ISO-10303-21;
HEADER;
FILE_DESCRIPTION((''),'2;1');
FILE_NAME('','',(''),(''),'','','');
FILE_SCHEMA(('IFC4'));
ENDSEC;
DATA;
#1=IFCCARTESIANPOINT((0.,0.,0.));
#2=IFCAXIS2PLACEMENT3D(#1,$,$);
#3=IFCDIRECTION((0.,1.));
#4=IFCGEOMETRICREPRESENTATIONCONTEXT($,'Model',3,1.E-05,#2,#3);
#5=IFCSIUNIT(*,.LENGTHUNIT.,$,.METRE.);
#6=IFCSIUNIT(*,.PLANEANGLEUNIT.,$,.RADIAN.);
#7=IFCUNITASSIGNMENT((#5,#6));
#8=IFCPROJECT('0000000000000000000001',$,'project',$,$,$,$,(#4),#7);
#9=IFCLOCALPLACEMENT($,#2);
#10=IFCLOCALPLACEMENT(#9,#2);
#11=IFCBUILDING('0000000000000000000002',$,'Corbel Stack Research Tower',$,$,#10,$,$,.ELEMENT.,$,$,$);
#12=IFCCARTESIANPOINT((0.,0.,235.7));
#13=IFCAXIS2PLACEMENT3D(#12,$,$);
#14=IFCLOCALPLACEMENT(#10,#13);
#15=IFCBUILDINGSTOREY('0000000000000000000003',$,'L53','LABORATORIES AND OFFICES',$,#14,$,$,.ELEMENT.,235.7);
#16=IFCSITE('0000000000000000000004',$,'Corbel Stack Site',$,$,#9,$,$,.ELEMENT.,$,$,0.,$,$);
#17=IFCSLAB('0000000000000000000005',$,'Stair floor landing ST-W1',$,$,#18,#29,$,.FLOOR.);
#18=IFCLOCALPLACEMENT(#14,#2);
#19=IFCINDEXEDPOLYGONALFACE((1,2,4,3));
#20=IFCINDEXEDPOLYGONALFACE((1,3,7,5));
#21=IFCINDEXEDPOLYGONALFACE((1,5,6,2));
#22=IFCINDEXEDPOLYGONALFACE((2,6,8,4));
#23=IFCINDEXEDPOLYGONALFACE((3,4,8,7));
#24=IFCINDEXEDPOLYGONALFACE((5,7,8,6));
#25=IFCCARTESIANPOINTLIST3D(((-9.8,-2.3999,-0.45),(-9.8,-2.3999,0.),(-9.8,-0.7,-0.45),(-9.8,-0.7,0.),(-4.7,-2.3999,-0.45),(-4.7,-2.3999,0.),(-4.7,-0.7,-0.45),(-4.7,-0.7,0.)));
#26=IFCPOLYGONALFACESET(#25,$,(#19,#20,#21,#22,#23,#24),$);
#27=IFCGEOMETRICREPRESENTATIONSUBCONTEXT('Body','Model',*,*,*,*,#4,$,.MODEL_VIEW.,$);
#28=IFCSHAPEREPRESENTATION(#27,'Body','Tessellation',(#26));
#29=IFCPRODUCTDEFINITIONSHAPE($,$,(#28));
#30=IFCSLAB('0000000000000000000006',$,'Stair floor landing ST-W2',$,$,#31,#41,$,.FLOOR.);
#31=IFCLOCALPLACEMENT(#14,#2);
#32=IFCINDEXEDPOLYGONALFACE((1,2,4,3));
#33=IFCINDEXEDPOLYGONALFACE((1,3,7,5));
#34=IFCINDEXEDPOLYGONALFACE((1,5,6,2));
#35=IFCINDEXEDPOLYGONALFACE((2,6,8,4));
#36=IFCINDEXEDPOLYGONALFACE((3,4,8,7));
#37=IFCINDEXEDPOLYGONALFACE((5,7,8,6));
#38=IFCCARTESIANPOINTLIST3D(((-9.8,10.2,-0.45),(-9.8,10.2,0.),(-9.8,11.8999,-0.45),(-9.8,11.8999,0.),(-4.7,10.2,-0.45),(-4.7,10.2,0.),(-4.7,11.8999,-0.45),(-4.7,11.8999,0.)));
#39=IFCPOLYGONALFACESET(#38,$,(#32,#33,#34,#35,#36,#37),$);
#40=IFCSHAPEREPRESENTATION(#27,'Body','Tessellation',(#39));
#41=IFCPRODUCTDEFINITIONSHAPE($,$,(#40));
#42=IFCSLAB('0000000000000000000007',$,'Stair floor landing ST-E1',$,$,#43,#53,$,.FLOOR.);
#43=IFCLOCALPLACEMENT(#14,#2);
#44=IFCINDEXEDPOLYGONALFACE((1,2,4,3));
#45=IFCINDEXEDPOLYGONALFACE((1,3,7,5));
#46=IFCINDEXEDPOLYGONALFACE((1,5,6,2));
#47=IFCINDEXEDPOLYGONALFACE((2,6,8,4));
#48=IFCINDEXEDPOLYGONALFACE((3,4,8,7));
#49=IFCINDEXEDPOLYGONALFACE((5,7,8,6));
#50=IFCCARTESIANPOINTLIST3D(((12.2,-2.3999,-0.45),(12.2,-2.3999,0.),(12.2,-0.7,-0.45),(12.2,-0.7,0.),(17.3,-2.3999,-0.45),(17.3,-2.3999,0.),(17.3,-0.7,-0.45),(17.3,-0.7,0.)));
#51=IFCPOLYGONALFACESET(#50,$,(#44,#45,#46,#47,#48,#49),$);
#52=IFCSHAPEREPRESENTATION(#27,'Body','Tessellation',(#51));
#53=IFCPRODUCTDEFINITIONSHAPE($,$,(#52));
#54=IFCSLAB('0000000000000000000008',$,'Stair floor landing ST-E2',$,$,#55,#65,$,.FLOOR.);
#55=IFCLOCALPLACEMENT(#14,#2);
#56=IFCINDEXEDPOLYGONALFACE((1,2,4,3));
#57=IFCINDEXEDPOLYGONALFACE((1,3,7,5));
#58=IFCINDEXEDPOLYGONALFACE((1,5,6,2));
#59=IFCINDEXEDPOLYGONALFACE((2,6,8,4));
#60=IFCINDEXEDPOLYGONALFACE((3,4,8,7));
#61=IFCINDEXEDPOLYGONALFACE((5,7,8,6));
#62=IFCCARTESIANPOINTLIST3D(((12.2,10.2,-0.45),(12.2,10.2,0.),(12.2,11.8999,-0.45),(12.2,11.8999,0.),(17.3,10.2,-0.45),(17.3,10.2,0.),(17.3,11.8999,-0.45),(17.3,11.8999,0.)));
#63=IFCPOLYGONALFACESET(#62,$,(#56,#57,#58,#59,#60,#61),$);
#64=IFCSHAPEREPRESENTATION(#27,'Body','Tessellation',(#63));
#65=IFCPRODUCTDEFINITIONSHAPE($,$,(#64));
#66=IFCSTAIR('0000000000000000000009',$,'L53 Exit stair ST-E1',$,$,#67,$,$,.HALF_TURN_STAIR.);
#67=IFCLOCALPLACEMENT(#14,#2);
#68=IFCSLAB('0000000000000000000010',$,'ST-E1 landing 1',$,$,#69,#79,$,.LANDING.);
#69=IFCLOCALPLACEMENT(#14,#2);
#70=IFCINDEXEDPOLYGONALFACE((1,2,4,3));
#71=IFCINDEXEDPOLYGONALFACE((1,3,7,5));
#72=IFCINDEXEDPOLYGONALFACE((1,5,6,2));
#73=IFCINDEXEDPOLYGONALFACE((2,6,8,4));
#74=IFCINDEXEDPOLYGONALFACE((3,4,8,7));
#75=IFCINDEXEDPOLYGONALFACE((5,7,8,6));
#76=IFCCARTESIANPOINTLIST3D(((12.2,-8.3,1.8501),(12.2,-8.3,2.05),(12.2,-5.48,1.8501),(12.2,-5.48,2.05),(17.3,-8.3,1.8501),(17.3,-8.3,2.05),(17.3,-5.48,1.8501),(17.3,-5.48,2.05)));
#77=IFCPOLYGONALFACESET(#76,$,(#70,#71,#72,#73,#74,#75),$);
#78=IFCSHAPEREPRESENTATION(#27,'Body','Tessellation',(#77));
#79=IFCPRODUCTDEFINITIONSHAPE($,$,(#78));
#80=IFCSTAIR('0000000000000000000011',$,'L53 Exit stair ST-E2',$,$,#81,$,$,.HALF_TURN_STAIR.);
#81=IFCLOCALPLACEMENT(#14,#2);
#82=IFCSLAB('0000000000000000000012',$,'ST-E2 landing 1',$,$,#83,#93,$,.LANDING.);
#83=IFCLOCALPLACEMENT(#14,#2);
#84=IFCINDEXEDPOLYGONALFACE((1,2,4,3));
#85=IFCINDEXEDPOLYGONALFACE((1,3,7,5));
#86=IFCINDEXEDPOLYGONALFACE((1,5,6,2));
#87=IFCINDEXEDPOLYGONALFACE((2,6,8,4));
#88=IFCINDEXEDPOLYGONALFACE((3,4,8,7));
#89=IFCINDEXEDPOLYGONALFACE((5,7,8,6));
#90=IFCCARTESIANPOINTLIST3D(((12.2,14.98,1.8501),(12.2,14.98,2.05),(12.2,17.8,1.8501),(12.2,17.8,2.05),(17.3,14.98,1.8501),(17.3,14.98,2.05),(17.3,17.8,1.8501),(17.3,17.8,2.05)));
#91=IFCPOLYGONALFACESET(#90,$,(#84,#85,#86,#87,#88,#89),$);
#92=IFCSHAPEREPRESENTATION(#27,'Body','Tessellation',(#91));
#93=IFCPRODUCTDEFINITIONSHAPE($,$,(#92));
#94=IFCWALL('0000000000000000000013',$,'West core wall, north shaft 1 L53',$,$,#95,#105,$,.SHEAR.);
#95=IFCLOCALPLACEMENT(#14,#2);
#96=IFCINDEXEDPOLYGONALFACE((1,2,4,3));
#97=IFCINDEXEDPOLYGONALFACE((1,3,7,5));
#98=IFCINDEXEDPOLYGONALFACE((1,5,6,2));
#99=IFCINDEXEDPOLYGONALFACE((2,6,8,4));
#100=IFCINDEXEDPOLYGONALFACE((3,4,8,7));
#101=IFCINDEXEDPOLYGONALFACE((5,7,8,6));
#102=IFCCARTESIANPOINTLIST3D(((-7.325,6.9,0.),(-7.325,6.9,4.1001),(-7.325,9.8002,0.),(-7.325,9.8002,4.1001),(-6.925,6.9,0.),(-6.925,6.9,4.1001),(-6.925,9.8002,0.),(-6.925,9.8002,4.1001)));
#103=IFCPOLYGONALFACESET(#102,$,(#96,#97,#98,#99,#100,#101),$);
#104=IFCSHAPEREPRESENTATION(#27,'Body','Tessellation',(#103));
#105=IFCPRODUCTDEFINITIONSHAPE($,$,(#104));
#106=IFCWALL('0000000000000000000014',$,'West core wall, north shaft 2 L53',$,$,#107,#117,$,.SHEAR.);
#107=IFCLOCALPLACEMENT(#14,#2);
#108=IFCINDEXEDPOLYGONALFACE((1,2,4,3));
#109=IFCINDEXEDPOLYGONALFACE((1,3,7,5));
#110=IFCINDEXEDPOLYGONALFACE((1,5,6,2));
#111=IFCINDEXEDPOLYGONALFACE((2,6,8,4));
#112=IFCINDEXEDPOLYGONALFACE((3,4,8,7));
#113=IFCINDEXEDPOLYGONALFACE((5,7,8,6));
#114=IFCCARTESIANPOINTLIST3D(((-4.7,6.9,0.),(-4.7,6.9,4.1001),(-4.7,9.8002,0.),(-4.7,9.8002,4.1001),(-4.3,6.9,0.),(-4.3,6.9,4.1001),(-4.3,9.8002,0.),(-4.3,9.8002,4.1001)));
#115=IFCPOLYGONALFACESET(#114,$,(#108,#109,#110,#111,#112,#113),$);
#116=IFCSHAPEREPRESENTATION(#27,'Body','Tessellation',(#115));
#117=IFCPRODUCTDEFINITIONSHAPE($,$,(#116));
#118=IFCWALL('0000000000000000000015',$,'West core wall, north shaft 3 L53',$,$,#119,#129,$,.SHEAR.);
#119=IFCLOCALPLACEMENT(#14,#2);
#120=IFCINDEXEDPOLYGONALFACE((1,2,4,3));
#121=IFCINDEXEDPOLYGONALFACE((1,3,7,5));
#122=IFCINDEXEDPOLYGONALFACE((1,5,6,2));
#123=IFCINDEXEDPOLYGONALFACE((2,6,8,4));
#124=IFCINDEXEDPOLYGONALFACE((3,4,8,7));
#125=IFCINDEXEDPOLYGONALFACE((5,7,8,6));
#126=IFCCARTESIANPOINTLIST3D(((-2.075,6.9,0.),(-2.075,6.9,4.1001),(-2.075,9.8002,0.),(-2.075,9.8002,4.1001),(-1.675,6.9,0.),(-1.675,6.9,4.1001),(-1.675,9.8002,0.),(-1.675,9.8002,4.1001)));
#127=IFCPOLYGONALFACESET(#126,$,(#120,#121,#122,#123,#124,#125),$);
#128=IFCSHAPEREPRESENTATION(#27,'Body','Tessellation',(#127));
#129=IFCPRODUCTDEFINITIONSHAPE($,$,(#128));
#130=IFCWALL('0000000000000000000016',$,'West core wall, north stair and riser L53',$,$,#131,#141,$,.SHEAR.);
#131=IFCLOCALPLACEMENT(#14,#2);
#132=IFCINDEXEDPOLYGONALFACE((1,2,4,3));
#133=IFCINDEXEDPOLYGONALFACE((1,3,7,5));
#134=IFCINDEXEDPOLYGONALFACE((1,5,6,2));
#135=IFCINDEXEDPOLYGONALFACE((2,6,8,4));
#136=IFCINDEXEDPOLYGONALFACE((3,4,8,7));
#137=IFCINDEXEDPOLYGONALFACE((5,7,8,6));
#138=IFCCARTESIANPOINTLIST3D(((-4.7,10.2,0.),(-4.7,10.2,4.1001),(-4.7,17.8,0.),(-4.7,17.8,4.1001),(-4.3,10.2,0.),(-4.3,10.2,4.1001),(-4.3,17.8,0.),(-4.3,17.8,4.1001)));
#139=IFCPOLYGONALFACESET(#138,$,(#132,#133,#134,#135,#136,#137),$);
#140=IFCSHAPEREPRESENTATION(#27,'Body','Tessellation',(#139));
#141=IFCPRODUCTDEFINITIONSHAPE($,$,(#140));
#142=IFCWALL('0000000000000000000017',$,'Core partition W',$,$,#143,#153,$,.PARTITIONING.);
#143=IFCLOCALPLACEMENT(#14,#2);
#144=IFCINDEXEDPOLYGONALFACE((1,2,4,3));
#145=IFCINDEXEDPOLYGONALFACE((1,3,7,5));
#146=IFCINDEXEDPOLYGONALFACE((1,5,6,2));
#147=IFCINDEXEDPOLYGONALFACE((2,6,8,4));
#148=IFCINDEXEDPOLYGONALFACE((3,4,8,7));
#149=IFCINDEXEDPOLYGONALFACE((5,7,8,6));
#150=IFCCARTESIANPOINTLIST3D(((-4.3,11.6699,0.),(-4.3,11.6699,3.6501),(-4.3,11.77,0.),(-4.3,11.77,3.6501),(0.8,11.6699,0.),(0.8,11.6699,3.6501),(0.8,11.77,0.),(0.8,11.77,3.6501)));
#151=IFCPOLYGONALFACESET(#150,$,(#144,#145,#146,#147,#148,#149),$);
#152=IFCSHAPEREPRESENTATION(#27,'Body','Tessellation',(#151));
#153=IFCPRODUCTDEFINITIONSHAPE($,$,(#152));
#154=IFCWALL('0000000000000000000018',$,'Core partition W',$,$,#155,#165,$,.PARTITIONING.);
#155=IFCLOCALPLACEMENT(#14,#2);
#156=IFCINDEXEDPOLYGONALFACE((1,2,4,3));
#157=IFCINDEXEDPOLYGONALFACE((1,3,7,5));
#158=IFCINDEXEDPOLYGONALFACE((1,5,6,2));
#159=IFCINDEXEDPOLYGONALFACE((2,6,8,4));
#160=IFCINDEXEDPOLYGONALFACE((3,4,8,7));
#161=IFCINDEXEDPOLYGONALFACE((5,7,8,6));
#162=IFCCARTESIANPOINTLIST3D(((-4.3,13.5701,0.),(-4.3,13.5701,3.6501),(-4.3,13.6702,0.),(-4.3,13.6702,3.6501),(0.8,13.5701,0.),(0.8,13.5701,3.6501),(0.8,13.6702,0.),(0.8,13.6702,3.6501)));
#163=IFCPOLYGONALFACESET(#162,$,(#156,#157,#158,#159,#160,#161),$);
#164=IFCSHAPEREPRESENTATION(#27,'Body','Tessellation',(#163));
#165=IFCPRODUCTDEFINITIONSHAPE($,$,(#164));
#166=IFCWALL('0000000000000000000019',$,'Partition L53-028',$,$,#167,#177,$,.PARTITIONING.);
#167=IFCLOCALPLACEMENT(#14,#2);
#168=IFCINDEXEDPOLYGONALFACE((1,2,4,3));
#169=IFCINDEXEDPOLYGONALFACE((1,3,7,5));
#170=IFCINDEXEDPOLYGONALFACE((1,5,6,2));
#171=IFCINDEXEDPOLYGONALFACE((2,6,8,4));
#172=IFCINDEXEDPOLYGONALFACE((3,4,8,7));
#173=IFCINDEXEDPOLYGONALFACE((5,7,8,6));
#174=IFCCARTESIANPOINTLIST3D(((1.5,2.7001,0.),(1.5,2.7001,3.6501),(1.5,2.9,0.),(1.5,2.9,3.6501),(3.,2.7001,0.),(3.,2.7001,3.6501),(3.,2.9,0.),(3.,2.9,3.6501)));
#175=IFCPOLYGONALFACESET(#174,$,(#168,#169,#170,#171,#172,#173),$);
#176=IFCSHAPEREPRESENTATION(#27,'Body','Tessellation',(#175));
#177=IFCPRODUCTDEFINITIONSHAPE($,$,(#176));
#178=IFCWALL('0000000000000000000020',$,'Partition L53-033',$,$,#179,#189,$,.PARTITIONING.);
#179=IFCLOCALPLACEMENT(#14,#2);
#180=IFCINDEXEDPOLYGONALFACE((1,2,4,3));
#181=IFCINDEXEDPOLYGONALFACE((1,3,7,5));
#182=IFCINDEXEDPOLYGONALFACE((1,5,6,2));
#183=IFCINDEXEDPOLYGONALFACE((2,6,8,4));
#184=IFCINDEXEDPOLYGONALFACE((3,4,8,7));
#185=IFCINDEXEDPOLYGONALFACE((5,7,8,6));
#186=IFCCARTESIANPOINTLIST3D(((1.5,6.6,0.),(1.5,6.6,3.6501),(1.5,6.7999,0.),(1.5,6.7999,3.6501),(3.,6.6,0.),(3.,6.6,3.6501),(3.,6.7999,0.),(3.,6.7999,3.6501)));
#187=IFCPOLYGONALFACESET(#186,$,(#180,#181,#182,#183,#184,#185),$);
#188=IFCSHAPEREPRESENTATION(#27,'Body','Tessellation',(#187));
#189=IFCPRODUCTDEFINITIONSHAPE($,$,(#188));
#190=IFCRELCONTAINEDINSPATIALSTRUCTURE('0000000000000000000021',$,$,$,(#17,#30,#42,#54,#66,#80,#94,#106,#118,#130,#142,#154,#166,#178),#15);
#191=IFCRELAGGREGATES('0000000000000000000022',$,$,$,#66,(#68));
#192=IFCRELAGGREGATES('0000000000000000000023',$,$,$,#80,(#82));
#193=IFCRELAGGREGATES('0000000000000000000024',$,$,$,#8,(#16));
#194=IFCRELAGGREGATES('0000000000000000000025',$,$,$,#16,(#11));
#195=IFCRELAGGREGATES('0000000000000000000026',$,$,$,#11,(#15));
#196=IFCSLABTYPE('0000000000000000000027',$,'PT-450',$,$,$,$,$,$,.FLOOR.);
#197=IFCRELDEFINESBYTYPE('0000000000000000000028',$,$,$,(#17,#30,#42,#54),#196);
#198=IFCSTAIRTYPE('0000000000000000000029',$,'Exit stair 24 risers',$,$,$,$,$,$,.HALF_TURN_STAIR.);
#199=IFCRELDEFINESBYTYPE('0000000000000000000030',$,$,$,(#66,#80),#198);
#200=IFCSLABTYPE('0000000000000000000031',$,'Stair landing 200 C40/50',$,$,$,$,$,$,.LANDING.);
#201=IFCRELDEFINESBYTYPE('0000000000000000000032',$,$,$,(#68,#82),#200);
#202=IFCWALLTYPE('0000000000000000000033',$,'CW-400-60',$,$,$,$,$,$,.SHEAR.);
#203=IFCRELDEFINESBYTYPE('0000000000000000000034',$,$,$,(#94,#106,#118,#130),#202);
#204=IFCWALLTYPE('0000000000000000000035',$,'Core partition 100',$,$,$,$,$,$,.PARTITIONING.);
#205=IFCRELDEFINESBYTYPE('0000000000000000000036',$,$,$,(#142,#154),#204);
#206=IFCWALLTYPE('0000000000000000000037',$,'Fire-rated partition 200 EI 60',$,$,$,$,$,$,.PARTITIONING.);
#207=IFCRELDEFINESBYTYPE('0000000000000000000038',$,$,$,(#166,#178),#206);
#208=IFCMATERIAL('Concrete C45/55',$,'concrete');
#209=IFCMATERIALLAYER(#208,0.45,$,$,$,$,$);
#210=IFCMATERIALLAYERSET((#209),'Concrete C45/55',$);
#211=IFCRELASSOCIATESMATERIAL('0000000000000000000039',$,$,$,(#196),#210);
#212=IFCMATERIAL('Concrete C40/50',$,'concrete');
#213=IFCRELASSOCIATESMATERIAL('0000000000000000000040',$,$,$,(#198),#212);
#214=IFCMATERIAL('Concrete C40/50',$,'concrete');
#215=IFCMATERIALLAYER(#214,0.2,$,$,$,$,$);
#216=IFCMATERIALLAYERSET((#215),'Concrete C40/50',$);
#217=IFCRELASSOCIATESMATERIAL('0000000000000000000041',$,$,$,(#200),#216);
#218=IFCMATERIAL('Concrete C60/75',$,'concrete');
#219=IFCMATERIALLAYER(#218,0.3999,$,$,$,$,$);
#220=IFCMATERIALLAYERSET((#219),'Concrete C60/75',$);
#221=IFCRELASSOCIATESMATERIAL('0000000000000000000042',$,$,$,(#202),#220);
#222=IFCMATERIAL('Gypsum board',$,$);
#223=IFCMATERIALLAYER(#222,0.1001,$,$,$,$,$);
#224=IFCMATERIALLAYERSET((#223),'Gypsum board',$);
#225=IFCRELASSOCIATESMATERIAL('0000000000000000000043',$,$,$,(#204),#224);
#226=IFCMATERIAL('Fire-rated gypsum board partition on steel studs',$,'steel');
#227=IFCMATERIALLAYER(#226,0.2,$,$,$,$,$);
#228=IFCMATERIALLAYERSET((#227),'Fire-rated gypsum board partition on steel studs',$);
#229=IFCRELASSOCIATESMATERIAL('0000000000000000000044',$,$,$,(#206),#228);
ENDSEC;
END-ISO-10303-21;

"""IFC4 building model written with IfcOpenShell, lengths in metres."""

from ifc_helpers import new_model, si_unit, direction, frame, frame_2d, origin, place, context, subcontext, project, spatial, polyline, rectangle, outline, extrude, material, layer, layer_set, type_object, element, aggregate, save


model = new_model("IFC4")

# Units and contexts
model_context = context("Model", 3, precision=1e-05, world=origin(), true_north=direction((0.0, 1.0)))
body_context = subcontext(model_context, "Body", "Model", "MODEL_VIEW")
ifc_project = project(units=[si_unit("LENGTHUNIT", "METRE"), si_unit("PLANEANGLEUNIT", "RADIAN")], contexts=[model_context])

# Site, building, storey
site_placement = place(None, origin())
site = spatial("IfcSite", under=ifc_project, at=site_placement, Name="Corbel Stack Site", CompositionType="ELEMENT", RefElevation=0.0)
building_placement = place(site_placement, origin())
building = spatial("IfcBuilding", under=site, at=building_placement, Name="Corbel Stack Research Tower", CompositionType="ELEMENT")
storey_placement = place(building_placement, frame((0.0, 0.0, 235.7)))
storey = spatial("IfcBuildingStorey", under=building, at=storey_placement, Name="L53", Description="LABORATORIES AND OFFICES", CompositionType="ELEMENT", Elevation=235.7)

# Slabs
ifc_material_1 = material(Name="Concrete C45/55", Category="concrete")
ifc_layer_1 = layer(ifc_material_1, 0.45)
ifc_layer_set_1 = layer_set([ifc_layer_1], Name="Concrete C45/55")
slab_type_1 = type_object("IfcSlabType", Name="PT-450", PredefinedType="FLOOR", material=ifc_layer_set_1)
slab_1_placement = place(storey_placement, frame((0.0, 0.0, -0.45)))
element("IfcSlab", 1, at=slab_1_placement, inside=storey, type_object=slab_type_1, Name="Stair floor landing ST-W1", PredefinedType="FLOOR", context=body_context, shape_type="SweptSolid", body=[
    extrude(outline(polyline([(-9.8, -2.3999), (-4.7, -2.3999), (-4.7, -0.7), (-9.8, -0.7), (-9.8, -2.3999)])), origin(), (0.0, 0.0, 1.0), 0.45),
])
slab_2_placement = place(storey_placement, frame((0.0, 0.0, -0.45)))
element("IfcSlab", 2, at=slab_2_placement, inside=storey, type_object=slab_type_1, Name="Stair floor landing ST-W2", PredefinedType="FLOOR", context=body_context, shape_type="SweptSolid", body=[
    extrude(outline(polyline([(-9.8, 10.2), (-4.7, 10.2), (-4.7, 11.8999), (-9.8, 11.8999), (-9.8, 10.2)])), origin(), (0.0, 0.0, 1.0), 0.45),
])
slab_3_placement = place(storey_placement, frame((0.0, 0.0, -0.45)))
element("IfcSlab", 3, at=slab_3_placement, inside=storey, type_object=slab_type_1, Name="Stair floor landing ST-E1", PredefinedType="FLOOR", context=body_context, shape_type="SweptSolid", body=[
    extrude(outline(polyline([(12.2, -2.3999), (17.3, -2.3999), (17.3, -0.7), (12.2, -0.7), (12.2, -2.3999)])), origin(), (0.0, 0.0, 1.0), 0.45),
])
slab_4_placement = place(storey_placement, frame((0.0, 0.0, -0.45)))
element("IfcSlab", 4, at=slab_4_placement, inside=storey, type_object=slab_type_1, Name="Stair floor landing ST-E2", PredefinedType="FLOOR", context=body_context, shape_type="SweptSolid", body=[
    extrude(outline(polyline([(12.2, 10.2), (17.3, 10.2), (17.3, 11.8999), (12.2, 11.8999), (12.2, 10.2)])), origin(), (0.0, 0.0, 1.0), 0.45),
])

# Stairs, slabs
ifc_material_2 = material(Name="Concrete C40/50", Category="concrete")
stair_type = type_object("IfcStairType", Name="Exit stair 24 risers", PredefinedType="HALF_TURN_STAIR", material=ifc_material_2)
stair_1_placement = place(storey_placement, origin())
stair_1 = element("IfcStair", 5, at=stair_1_placement, inside=storey, type_object=stair_type, Name="L53 Exit stair ST-E1", PredefinedType="HALF_TURN_STAIR")
ifc_material_3 = material(Name="Concrete C40/50", Category="concrete")
ifc_layer_2 = layer(ifc_material_3, 0.2)
ifc_layer_set_2 = layer_set([ifc_layer_2], Name="Concrete C40/50")
slab_type_2 = type_object("IfcSlabType", Name="Stair landing 200 C40/50", PredefinedType="LANDING", material=ifc_layer_set_2)
slab_5_placement = place(storey_placement, frame((0.0, 0.0, 1.8501)))
slab_5 = element("IfcSlab", 6, at=slab_5_placement, type_object=slab_type_2, Name="ST-E1 landing 1", PredefinedType="LANDING", context=body_context, shape_type="SweptSolid", body=[
    extrude(outline(polyline([(12.2, -8.3), (12.2, -5.48), (17.3, -5.48), (17.3, -8.3), (12.2, -8.3)])), origin(), (0.0, 0.0, 1.0), 0.2),
])
aggregate(stair_1, [slab_5])
stair_2_placement = place(storey_placement, origin())
stair_2 = element("IfcStair", 7, at=stair_2_placement, inside=storey, type_object=stair_type, Name="L53 Exit stair ST-E2", PredefinedType="HALF_TURN_STAIR")
slab_6_placement = place(storey_placement, frame((0.0, 0.0, 1.8501)))
slab_6 = element("IfcSlab", 8, at=slab_6_placement, type_object=slab_type_2, Name="ST-E2 landing 1", PredefinedType="LANDING", context=body_context, shape_type="SweptSolid", body=[
    extrude(outline(polyline([(12.2, 14.98), (12.2, 17.8), (17.3, 17.8), (17.3, 14.98), (12.2, 14.98)])), origin(), (0.0, 0.0, 1.0), 0.2),
])
aggregate(stair_2, [slab_6])

# Walls
ifc_material_4 = material(Name="Concrete C60/75", Category="concrete")
ifc_layer_3 = layer(ifc_material_4, 0.3999)
ifc_layer_set_3 = layer_set([ifc_layer_3], Name="Concrete C60/75")
wall_type_1 = type_object("IfcWallType", Name="CW-400-60", PredefinedType="SHEAR", material=ifc_layer_set_3)
for number, where, z_axis, x_axis, name in (
    (9, (-7.125, 6.8999, 0.0), (0.0, 0.0, 1.0), (0.0, 1.0, 0.0), "West core wall, north shaft 1 L53"),
    (10, (-4.5, 6.8999, 0.0), (0.0, 0.0, 1.0), (0.0, 1.0, 0.0), "West core wall, north shaft 2 L53"),
    (11, (-1.875, 6.8999, 0.0), (0.0, 0.0, 1.0), (0.0, 1.0, 0.0), "West core wall, north shaft 3 L53"),
):
    element("IfcWall", number, at=place(storey_placement, frame(where, z_axis=z_axis, x_axis=x_axis)), inside=storey, type_object=wall_type_1, Name=name, PredefinedType="SHEAR", context=body_context, shape_type="SweptSolid", body=[
        extrude(rectangle(XDim=2.9001, YDim=0.3999, at=frame_2d((1.4502, 0.0))), origin(), (0.0, 0.0, 1.0), 4.1001),
    ])
wall_placement = place(storey_placement, frame((-4.5, 10.2, 0.0), z_axis=(0.0, 0.0, 1.0), x_axis=(0.0, 1.0, 0.0)))
element("IfcWall", 12, at=wall_placement, inside=storey, type_object=wall_type_1, Name="West core wall, north stair and riser L53", PredefinedType="SHEAR", context=body_context, shape_type="SweptSolid", body=[
    extrude(rectangle(XDim=7.6001, YDim=0.3999, at=frame_2d((3.8, 0.0))), origin(), (0.0, 0.0, 1.0), 4.1001),
])
ifc_material_5 = material(Name="Gypsum board")
ifc_layer_4 = layer(ifc_material_5, 0.1001)
ifc_layer_set_4 = layer_set([ifc_layer_4], Name="Gypsum board")
wall_type_2 = type_object("IfcWallType", Name="Core partition 100", PredefinedType="PARTITIONING", material=ifc_layer_set_4)
for number, where, z_axis, x_axis, name in (
    (13, (-4.3, 11.72, 0.0), (0.0, 0.0, 1.0), (1.0, 0.0, 0.0), "Core partition W"),
    (14, (-4.3, 13.6201, 0.0), (0.0, 0.0, 1.0), (1.0, 0.0, 0.0), "Core partition W"),
):
    element("IfcWall", number, at=place(storey_placement, frame(where, z_axis=z_axis, x_axis=x_axis)), inside=storey, type_object=wall_type_2, Name=name, PredefinedType="PARTITIONING", context=body_context, shape_type="SweptSolid", body=[
        extrude(rectangle(XDim=5.1001, YDim=0.1001, at=frame_2d((2.55, 0.0))), origin(), (0.0, 0.0, 1.0), 3.6501),
    ])
ifc_material_6 = material(Name="Fire-rated gypsum board partition on steel studs", Category="steel")
ifc_layer_5 = layer(ifc_material_6, 0.2)
ifc_layer_set_5 = layer_set([ifc_layer_5], Name="Fire-rated gypsum board partition on steel studs")
wall_type_3 = type_object("IfcWallType", Name="Fire-rated partition 200 EI 60", PredefinedType="PARTITIONING", material=ifc_layer_set_5)
for number, where, z_axis, x_axis, name in (
    (15, (1.5, 2.8, 0.0), (0.0, 0.0, 1.0), (1.0, 0.0, 0.0), "Partition L53-028"),
    (16, (1.5, 6.7, 0.0), (0.0, 0.0, 1.0), (1.0, 0.0, 0.0), "Partition L53-033"),
):
    element("IfcWall", number, at=place(storey_placement, frame(where, z_axis=z_axis, x_axis=x_axis)), inside=storey, type_object=wall_type_3, Name=name, PredefinedType="PARTITIONING", context=body_context, shape_type="SweptSolid", body=[
        extrude(rectangle(XDim=1.5, YDim=0.2, at=frame_2d((0.75, 0.0))), origin(), (0.0, 0.0, 1.0), 3.6501),
    ])

save(model, "model.ifc")
